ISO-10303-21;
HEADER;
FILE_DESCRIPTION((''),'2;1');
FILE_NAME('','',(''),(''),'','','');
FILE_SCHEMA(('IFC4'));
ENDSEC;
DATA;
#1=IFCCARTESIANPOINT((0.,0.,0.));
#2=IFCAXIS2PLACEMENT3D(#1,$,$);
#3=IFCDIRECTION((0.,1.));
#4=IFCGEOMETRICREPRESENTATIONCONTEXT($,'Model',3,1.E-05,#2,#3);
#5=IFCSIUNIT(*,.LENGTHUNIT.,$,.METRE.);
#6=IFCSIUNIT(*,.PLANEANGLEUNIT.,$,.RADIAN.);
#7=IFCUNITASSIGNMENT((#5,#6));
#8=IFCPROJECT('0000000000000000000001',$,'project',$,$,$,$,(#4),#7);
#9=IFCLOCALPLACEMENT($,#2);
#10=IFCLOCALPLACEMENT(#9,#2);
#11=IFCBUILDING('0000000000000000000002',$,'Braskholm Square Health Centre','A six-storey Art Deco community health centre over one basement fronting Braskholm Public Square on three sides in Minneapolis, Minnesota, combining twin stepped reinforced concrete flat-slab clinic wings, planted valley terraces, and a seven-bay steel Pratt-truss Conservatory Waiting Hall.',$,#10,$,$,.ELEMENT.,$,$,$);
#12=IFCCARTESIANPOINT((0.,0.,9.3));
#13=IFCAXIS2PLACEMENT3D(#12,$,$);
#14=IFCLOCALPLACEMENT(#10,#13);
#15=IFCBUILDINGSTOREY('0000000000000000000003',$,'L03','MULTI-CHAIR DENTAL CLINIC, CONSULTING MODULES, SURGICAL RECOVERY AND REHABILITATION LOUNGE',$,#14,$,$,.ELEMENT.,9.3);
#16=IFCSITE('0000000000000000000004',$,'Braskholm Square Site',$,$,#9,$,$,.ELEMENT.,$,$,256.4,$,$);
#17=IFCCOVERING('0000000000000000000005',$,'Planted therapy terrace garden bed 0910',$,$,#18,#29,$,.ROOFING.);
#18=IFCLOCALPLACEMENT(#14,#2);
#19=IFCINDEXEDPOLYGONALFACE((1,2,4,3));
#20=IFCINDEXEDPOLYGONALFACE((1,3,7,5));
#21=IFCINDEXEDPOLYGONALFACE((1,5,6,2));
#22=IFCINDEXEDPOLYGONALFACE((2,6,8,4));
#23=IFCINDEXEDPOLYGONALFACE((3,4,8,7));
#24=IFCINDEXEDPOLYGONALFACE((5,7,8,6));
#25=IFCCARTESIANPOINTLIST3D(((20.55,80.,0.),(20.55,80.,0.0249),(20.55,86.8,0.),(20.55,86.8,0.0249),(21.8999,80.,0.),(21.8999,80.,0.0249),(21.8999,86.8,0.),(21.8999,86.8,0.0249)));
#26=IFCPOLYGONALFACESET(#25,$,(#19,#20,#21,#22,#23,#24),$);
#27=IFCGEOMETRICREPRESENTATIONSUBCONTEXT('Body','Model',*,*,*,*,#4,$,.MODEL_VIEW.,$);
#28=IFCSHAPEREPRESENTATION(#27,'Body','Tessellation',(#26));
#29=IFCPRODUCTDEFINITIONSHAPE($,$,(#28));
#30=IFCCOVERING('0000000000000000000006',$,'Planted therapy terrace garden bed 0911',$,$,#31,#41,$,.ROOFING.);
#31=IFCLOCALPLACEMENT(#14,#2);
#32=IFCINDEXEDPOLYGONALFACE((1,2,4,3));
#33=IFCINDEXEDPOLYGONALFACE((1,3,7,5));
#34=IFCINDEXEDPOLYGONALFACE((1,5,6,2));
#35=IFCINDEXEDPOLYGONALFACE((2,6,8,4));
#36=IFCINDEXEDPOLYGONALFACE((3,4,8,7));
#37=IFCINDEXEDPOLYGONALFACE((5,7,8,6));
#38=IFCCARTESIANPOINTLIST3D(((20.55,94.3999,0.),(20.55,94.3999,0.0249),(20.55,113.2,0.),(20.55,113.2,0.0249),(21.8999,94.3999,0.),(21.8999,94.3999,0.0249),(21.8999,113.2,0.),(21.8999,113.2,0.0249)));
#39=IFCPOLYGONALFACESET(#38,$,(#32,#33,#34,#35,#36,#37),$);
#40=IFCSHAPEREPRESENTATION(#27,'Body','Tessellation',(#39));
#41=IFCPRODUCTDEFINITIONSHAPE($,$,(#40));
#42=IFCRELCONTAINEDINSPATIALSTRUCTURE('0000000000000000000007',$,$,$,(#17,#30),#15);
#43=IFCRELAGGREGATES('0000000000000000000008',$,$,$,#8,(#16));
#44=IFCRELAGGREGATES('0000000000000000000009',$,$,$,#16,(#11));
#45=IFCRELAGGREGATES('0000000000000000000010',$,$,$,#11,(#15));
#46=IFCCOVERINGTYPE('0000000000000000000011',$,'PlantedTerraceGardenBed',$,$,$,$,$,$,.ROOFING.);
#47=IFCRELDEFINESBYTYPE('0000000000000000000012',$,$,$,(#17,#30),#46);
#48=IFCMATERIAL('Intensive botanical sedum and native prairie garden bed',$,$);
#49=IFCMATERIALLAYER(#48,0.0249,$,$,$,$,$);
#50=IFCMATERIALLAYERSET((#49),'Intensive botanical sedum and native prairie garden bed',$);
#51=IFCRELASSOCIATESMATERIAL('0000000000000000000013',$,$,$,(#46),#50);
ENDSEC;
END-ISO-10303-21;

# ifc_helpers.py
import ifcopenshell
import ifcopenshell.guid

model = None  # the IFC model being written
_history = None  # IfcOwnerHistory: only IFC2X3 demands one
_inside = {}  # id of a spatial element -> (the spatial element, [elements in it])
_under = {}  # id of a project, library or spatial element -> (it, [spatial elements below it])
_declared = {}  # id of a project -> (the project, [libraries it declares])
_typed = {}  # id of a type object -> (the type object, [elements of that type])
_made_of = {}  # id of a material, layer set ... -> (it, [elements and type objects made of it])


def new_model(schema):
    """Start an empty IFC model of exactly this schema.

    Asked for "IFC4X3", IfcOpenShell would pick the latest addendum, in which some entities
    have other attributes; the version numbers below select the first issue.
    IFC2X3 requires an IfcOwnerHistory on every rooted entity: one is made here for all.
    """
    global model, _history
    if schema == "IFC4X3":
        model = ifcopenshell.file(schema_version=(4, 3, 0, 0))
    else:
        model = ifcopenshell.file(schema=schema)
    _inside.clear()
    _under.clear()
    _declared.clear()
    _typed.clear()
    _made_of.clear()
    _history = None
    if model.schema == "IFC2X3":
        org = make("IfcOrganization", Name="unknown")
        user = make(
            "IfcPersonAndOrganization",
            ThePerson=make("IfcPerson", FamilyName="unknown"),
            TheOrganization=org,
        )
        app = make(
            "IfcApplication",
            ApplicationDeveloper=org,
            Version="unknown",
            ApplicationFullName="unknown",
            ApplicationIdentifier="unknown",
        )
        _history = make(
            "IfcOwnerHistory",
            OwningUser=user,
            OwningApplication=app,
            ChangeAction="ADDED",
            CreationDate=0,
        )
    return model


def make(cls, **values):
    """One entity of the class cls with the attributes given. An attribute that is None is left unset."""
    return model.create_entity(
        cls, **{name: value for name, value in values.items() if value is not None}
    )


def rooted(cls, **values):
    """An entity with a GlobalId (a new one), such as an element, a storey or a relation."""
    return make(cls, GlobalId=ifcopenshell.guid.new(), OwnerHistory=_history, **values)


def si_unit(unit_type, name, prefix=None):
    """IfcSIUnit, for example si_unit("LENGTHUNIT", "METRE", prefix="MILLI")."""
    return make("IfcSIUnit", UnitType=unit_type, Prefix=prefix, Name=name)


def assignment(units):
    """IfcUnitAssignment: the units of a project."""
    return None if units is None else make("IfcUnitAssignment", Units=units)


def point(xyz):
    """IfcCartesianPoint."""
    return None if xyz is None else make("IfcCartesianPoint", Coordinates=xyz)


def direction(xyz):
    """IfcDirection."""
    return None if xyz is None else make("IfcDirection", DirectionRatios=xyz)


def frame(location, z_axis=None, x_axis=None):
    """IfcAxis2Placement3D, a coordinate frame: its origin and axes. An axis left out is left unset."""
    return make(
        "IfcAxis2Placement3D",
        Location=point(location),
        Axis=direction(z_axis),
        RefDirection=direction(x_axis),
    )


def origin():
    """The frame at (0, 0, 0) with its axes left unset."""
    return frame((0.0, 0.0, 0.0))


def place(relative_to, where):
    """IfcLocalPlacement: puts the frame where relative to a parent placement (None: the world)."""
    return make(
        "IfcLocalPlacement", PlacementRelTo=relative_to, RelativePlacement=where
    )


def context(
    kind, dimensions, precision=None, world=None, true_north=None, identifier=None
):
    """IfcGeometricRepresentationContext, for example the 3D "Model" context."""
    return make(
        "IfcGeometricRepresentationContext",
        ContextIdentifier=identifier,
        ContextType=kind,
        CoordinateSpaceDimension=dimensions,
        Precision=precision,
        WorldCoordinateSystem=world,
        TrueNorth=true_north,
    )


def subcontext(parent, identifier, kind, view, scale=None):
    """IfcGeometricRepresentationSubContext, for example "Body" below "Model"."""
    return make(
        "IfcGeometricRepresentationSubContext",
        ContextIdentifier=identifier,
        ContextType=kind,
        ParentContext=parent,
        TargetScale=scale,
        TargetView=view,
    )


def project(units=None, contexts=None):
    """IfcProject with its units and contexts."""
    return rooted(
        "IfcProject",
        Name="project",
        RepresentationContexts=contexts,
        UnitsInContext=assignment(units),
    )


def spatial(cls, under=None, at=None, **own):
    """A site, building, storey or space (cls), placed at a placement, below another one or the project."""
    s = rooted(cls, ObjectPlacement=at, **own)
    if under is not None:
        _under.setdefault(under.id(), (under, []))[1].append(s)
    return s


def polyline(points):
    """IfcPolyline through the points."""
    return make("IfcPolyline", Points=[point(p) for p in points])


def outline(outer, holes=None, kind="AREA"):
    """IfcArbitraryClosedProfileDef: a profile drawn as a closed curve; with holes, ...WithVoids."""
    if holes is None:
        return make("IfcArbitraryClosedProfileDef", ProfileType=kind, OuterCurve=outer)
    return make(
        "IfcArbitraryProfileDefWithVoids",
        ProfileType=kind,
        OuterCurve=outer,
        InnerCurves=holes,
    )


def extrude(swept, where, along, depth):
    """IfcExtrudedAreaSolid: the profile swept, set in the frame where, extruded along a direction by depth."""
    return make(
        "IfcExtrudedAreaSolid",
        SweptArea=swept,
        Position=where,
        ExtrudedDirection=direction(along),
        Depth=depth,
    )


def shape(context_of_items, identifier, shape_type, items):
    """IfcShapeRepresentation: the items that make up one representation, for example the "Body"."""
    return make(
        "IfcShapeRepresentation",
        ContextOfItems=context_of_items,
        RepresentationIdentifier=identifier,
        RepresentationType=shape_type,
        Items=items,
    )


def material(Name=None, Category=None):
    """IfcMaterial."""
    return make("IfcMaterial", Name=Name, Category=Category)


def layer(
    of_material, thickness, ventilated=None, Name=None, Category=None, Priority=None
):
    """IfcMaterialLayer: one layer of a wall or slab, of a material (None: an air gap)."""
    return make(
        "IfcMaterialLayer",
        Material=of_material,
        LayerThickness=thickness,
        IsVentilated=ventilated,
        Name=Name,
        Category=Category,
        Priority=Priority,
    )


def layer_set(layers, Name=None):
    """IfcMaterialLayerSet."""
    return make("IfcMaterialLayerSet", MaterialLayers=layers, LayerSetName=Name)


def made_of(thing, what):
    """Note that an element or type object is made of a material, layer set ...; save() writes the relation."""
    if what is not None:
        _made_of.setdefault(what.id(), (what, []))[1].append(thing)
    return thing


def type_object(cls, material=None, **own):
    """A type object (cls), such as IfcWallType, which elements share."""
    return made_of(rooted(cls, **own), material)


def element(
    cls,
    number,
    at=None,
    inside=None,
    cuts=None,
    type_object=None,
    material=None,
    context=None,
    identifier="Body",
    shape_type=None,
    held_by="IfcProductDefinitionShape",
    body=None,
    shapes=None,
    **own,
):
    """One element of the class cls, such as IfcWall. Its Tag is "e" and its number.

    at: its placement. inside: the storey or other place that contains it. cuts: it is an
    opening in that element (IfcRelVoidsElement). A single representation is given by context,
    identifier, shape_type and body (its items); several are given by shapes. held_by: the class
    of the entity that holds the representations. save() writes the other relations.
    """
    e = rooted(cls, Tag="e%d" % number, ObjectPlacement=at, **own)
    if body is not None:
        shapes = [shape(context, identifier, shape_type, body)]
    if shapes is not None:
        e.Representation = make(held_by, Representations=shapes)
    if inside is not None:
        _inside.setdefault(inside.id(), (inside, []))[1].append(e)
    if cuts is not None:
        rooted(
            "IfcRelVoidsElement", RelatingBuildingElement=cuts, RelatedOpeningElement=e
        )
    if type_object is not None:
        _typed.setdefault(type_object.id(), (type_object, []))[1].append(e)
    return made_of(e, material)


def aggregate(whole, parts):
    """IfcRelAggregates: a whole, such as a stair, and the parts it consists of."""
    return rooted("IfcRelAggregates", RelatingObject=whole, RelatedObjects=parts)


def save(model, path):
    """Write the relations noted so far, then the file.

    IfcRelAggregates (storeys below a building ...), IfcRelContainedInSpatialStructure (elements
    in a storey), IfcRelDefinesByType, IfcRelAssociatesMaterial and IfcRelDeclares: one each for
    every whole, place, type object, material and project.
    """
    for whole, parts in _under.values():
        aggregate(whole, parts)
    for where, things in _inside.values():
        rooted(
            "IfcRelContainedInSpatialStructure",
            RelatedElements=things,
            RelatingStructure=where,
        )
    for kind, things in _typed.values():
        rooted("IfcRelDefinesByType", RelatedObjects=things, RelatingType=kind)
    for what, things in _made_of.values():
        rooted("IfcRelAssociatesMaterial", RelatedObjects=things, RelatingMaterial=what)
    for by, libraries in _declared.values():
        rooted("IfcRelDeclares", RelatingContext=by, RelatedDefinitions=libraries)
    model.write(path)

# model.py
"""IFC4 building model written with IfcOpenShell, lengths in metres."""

from ifc_helpers import new_model, si_unit, direction, frame, origin, place, context, subcontext, project, spatial, polyline, outline, extrude, material, layer, layer_set, type_object, element, save


model = new_model("IFC4")

# Units and contexts
model_context = context("Model", 3, precision=1e-05, world=origin(), true_north=direction((0.0, 1.0)))
body_context = subcontext(model_context, "Body", "Model", "MODEL_VIEW")
ifc_project = project(units=[si_unit("LENGTHUNIT", "METRE"), si_unit("PLANEANGLEUNIT", "RADIAN")], contexts=[model_context])

# Site, building, storey
site_placement = place(None, origin())
site = spatial("IfcSite", under=ifc_project, at=site_placement, Name="Braskholm Square Site", CompositionType="ELEMENT", RefElevation=256.4)
building_placement = place(site_placement, origin())
building = spatial("IfcBuilding", under=site, at=building_placement, Name="Braskholm Square Health Centre", Description="A six-storey Art Deco community health centre over one basement fronting Braskholm Public Square on three sides in Minneapolis, Minnesota, combining twin stepped reinforced concrete flat-slab clinic wings, planted valley terraces, and a seven-bay steel Pratt-truss Conservatory Waiting Hall.", CompositionType="ELEMENT")
storey_placement = place(building_placement, frame((0.0, 0.0, 9.3)))
storey = spatial("IfcBuildingStorey", under=building, at=storey_placement, Name="L03", Description="MULTI-CHAIR DENTAL CLINIC, CONSULTING MODULES, SURGICAL RECOVERY AND REHABILITATION LOUNGE", CompositionType="ELEMENT", Elevation=9.3)

# Coverings
ifc_material = material(Name="Intensive botanical sedum and native prairie garden bed")
ifc_layer = layer(ifc_material, 0.0249)
ifc_layer_set = layer_set([ifc_layer], Name="Intensive botanical sedum and native prairie garden bed")
covering_type = type_object("IfcCoveringType", Name="PlantedTerraceGardenBed", PredefinedType="ROOFING", material=ifc_layer_set)
covering_1_placement = place(storey_placement, origin())
element("IfcCovering", 1, at=covering_1_placement, inside=storey, type_object=covering_type, Name="Planted therapy terrace garden bed 0910", PredefinedType="ROOFING", context=body_context, shape_type="SweptSolid", body=[
    extrude(outline(polyline([(20.55, 80.0), (21.8999, 80.0), (21.8999, 86.8), (20.55, 86.8), (20.55, 80.0)])), origin(), (0.0, 0.0, 1.0), 0.0249),
])
covering_2_placement = place(storey_placement, origin())
element("IfcCovering", 2, at=covering_2_placement, inside=storey, type_object=covering_type, Name="Planted therapy terrace garden bed 0911", PredefinedType="ROOFING", context=body_context, shape_type="SweptSolid", body=[
    extrude(outline(polyline([(20.55, 94.3999), (21.8999, 94.3999), (21.8999, 113.2), (20.55, 113.2), (20.55, 94.3999)])), origin(), (0.0, 0.0, 1.0), 0.0249),
])

save(model, "model.ifc")
